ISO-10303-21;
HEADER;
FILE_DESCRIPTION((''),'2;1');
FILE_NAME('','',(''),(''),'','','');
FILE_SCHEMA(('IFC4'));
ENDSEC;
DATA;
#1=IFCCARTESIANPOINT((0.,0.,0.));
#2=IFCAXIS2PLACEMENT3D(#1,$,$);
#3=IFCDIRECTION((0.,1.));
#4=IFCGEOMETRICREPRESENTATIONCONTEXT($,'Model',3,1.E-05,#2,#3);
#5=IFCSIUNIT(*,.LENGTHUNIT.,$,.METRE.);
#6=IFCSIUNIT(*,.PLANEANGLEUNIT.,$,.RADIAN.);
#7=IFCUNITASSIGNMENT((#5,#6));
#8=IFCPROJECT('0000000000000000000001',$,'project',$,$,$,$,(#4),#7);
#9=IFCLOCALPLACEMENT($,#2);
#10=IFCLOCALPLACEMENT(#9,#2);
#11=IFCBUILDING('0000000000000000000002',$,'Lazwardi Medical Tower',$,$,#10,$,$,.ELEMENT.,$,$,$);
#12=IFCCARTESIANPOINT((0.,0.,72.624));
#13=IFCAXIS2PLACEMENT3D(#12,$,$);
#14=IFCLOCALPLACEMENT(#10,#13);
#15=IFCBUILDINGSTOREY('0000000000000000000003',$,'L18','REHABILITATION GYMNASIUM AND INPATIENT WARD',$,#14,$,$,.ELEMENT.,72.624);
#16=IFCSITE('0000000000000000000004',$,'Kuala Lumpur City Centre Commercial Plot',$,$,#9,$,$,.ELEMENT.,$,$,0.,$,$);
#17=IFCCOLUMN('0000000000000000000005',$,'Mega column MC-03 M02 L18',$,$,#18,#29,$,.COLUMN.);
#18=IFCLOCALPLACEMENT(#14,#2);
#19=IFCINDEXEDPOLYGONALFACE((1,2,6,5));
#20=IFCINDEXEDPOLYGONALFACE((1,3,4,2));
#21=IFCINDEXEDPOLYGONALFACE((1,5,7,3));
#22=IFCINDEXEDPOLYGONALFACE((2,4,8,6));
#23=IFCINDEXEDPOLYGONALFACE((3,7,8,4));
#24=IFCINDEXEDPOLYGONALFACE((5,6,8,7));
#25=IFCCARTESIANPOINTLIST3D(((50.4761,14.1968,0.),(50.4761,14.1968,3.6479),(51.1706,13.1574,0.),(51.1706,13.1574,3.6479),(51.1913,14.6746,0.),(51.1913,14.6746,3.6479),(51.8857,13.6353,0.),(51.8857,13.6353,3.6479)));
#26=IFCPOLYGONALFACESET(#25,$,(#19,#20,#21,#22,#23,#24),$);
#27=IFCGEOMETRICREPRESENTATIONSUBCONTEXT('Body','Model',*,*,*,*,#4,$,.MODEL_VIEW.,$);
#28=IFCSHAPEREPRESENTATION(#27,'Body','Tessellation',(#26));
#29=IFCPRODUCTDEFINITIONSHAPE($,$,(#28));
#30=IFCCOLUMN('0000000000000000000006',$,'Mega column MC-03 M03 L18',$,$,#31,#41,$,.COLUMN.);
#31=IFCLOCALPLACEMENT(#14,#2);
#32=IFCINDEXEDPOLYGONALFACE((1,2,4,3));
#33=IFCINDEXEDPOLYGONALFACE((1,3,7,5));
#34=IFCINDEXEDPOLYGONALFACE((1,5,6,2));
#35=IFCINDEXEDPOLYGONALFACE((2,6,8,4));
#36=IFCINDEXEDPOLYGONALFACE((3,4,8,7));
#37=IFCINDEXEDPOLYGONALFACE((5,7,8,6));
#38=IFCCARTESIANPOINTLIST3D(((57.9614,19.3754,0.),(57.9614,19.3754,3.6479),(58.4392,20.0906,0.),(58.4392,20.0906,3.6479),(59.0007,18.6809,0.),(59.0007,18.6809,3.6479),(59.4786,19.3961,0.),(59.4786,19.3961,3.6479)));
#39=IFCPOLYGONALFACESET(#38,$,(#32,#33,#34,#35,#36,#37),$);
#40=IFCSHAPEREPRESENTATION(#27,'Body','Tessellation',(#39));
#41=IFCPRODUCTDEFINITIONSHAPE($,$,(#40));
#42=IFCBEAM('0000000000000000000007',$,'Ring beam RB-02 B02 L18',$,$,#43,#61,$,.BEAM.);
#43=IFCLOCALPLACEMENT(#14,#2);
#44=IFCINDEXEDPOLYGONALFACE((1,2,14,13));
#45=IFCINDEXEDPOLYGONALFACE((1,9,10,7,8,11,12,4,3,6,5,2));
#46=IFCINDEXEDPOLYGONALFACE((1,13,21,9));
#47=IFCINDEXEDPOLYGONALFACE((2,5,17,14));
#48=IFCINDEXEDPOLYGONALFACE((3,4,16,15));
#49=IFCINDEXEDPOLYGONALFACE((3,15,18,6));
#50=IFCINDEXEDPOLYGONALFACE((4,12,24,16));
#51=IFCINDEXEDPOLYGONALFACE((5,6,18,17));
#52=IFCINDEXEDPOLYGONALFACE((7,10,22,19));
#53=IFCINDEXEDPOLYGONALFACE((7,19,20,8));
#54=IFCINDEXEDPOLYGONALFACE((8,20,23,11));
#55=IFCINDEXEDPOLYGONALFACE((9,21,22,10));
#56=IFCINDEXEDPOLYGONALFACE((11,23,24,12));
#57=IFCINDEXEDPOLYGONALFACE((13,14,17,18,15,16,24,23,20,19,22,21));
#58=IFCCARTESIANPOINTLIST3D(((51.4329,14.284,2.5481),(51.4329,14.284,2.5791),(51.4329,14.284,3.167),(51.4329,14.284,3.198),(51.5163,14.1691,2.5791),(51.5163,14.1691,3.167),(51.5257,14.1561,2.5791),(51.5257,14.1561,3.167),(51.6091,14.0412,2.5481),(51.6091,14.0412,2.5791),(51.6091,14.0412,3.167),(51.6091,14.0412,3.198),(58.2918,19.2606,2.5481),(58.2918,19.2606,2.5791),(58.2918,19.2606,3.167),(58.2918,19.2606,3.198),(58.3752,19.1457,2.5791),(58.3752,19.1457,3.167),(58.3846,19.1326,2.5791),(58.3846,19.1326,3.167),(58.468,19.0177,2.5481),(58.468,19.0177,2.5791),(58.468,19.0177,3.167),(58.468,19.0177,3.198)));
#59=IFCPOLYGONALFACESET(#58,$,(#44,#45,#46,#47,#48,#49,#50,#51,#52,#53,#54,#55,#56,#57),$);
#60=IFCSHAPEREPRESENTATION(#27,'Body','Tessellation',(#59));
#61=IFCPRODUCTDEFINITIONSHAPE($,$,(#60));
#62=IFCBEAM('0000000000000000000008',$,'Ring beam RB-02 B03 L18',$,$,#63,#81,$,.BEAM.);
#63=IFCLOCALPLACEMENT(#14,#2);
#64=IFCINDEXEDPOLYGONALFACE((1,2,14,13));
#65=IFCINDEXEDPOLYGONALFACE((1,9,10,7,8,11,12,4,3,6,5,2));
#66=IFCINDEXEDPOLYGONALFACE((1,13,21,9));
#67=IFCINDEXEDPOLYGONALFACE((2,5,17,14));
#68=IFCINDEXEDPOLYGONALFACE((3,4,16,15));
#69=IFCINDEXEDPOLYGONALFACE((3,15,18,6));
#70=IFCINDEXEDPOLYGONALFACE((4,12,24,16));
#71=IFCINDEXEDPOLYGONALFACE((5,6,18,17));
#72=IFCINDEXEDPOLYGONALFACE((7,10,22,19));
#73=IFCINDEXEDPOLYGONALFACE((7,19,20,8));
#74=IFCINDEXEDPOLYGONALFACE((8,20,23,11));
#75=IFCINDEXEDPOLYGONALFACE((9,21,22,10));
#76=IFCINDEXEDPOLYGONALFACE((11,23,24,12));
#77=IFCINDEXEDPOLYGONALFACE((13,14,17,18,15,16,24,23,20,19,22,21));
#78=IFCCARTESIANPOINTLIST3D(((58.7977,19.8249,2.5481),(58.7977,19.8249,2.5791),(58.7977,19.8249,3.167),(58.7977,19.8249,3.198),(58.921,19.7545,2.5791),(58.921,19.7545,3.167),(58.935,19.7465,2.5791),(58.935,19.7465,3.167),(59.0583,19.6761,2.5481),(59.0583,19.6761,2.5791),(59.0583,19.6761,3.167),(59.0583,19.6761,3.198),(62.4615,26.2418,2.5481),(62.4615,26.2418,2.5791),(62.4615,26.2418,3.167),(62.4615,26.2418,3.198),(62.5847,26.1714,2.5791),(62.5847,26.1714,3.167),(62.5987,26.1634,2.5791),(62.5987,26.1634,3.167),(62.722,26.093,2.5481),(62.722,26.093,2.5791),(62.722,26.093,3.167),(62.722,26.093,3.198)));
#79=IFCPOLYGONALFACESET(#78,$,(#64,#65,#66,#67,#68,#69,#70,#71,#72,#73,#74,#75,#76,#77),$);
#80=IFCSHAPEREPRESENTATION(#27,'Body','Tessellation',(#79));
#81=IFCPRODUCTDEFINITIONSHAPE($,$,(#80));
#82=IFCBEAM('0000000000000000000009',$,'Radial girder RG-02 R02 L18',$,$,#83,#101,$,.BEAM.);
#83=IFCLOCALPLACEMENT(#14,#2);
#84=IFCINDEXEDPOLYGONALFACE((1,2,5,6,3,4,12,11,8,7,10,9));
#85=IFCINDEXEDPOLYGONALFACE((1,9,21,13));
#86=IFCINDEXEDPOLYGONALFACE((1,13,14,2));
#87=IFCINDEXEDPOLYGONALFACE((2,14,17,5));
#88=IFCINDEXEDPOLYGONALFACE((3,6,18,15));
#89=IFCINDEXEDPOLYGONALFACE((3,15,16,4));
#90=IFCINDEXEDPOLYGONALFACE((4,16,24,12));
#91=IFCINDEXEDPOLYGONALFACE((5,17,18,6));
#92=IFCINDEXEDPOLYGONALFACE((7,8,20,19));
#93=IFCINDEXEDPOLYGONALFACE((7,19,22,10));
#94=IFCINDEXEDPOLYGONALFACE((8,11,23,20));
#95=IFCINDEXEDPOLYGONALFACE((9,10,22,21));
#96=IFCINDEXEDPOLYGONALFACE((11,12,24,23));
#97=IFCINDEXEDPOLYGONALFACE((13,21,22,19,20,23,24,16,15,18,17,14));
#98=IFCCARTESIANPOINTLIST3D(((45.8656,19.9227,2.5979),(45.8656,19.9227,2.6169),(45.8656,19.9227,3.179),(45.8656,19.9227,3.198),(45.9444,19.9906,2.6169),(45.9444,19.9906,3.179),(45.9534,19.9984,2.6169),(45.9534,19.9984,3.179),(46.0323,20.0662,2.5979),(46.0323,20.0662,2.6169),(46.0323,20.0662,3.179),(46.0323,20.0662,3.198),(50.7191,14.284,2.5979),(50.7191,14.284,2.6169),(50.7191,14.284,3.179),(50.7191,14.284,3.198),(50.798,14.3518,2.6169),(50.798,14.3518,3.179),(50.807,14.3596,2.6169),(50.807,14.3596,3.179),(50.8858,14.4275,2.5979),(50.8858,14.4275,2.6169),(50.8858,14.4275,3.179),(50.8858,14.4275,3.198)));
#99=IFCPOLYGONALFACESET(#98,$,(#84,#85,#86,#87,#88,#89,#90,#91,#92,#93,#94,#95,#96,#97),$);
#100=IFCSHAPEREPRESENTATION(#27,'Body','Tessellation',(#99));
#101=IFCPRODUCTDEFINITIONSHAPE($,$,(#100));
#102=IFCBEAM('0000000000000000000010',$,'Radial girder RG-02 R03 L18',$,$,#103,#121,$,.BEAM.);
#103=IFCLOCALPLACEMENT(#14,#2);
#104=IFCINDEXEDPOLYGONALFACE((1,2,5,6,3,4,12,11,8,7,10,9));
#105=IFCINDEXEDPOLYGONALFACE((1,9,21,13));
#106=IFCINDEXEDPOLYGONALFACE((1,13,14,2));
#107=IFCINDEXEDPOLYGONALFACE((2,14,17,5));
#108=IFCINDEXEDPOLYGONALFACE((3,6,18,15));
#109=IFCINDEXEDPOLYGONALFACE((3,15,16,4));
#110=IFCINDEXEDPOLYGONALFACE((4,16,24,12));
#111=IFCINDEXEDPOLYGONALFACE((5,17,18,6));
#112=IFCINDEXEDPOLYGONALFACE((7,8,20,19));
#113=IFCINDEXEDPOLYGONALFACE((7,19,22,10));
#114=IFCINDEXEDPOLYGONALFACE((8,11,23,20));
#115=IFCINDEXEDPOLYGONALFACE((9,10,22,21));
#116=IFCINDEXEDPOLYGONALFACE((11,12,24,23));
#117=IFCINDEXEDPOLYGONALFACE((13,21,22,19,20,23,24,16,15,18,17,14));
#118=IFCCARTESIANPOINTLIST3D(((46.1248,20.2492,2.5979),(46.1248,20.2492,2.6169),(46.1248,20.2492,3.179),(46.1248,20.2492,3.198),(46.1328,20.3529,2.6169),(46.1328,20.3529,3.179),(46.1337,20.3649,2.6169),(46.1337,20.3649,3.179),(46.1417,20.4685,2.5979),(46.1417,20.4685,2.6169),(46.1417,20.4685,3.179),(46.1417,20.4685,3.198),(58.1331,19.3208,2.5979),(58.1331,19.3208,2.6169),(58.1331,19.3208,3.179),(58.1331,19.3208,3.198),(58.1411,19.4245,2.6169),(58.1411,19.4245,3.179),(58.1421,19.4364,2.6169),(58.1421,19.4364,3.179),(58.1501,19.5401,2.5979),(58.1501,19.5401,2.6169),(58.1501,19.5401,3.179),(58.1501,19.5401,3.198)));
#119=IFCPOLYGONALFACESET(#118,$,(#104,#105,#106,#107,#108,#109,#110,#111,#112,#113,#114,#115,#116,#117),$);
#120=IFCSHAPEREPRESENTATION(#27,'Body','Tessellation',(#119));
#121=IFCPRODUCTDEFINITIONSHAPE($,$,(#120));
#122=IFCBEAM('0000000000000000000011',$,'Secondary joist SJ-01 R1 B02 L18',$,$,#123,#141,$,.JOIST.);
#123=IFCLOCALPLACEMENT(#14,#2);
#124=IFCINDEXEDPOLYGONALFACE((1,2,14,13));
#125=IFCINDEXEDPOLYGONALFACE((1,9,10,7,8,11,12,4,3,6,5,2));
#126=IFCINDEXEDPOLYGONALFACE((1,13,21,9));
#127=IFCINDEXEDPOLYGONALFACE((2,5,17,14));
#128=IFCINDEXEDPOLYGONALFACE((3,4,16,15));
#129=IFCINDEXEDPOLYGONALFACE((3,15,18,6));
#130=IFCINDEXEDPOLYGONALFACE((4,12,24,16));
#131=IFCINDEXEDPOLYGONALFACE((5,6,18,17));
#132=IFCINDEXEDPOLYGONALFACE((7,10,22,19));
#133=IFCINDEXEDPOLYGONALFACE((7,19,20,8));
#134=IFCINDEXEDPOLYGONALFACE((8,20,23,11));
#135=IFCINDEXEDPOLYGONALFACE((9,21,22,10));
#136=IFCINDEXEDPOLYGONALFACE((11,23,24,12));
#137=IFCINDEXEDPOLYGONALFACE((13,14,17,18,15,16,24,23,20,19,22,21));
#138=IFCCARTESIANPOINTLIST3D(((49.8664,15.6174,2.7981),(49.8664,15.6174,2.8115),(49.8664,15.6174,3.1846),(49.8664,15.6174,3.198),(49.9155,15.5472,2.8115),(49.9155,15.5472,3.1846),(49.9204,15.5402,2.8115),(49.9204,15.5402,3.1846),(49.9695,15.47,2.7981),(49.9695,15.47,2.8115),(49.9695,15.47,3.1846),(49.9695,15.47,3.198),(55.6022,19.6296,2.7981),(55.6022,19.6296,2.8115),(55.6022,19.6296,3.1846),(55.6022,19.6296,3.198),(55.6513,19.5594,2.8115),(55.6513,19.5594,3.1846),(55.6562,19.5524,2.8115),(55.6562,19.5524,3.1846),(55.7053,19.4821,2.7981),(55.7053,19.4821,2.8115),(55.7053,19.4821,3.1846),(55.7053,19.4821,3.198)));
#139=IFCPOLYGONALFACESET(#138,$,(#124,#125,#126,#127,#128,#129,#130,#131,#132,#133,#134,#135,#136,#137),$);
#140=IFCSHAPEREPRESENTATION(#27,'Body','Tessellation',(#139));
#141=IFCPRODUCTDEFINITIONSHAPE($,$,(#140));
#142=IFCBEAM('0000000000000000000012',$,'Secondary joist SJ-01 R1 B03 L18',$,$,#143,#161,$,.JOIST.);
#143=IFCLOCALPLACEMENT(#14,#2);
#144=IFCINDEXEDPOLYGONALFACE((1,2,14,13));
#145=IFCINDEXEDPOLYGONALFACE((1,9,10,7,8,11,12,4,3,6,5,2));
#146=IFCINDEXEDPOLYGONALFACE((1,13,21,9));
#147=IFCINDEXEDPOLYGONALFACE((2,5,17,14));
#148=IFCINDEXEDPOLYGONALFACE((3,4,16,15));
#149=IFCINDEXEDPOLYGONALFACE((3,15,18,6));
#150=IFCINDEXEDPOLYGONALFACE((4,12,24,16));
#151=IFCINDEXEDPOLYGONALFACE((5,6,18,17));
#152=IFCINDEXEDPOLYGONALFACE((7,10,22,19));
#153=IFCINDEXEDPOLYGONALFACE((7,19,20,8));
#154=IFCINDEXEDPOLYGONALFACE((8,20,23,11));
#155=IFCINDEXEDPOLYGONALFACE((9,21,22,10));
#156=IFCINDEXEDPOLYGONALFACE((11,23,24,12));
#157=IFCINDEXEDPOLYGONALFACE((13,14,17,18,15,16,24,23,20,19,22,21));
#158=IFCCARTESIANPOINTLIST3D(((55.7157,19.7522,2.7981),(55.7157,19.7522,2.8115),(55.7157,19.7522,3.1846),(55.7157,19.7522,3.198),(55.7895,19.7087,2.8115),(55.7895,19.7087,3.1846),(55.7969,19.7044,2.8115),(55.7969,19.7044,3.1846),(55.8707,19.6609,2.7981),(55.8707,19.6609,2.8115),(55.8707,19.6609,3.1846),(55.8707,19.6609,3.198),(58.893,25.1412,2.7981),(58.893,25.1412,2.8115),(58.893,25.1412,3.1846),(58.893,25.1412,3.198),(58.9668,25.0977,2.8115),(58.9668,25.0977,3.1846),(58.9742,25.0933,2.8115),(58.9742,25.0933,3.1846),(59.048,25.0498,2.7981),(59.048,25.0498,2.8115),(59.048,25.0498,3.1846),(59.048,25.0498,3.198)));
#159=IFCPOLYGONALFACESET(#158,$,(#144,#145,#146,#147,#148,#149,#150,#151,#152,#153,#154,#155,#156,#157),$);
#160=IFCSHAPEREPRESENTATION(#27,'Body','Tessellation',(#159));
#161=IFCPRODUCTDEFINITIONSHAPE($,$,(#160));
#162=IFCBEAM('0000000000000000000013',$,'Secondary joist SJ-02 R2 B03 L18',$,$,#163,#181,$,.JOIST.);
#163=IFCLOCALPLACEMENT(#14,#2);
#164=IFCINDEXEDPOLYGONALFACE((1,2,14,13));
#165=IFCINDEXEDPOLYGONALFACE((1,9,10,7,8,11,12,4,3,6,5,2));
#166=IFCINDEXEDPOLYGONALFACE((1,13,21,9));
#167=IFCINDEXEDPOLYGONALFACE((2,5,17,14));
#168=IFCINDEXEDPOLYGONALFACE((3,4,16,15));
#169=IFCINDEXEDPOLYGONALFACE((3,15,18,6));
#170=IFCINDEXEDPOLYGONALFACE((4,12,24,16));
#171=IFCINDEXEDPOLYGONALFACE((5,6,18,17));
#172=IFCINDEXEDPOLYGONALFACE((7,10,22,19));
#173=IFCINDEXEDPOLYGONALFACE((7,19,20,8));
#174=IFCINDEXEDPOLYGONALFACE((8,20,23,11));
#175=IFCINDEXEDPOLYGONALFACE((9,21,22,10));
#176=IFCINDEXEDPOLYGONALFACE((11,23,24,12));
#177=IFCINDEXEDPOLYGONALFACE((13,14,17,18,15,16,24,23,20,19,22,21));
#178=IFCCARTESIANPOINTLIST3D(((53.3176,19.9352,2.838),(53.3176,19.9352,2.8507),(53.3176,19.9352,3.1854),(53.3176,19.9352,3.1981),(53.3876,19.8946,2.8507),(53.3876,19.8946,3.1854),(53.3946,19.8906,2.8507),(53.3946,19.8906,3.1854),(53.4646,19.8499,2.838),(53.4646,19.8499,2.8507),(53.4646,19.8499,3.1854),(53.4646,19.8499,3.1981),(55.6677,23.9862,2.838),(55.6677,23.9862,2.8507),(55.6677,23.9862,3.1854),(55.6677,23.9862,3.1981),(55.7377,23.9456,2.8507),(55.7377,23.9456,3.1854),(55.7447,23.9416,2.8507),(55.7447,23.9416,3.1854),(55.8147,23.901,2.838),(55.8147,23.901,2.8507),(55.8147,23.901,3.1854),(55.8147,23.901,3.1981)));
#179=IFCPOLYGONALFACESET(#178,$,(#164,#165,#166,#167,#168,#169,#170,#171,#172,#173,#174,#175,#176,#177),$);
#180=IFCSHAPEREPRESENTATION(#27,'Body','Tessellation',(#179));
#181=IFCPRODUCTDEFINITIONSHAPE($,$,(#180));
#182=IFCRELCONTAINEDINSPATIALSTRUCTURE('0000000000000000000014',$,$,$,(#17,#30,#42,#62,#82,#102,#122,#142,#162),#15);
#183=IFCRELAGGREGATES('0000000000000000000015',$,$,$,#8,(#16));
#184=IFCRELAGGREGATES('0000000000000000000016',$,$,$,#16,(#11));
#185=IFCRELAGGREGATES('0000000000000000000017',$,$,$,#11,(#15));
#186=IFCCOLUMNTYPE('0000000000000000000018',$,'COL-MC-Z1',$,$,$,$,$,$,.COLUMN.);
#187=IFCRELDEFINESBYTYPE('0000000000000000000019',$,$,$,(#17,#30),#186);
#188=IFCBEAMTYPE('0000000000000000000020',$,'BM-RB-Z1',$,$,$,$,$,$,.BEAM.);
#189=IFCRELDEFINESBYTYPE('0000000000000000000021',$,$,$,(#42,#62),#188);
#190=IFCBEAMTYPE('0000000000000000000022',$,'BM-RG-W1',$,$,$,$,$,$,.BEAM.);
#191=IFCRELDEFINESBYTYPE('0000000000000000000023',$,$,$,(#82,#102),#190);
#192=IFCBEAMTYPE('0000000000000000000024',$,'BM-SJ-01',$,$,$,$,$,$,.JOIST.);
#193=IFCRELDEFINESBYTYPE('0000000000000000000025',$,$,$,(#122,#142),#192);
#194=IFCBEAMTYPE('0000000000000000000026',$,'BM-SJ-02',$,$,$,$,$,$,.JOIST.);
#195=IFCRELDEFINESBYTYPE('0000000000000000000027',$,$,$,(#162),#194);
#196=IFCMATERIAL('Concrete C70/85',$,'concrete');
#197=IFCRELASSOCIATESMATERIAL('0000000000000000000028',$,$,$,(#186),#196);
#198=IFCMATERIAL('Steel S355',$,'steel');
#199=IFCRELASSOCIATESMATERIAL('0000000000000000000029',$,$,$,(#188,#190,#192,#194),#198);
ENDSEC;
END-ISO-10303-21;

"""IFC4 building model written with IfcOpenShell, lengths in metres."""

from ifc_helpers import new_model, si_unit, direction, frame, origin, origin_2d, place, context, subcontext, project, spatial, rectangle, i_section, extrude, material, material_profile, profile_set, type_object, element, save


model = new_model("IFC4")

# Units and contexts
model_context = context("Model", 3, precision=1e-05, world=origin(), true_north=direction((0.0, 1.0)))
body_context = subcontext(model_context, "Body", "Model", "MODEL_VIEW")
ifc_project = project(units=[si_unit("LENGTHUNIT", "METRE"), si_unit("PLANEANGLEUNIT", "RADIAN")], contexts=[model_context])

# Site, building, storey
site_placement = place(None, origin())
site = spatial("IfcSite", under=ifc_project, at=site_placement, Name="Kuala Lumpur City Centre Commercial Plot", CompositionType="ELEMENT", RefElevation=0.0)
building_placement = place(site_placement, origin())
building = spatial("IfcBuilding", under=site, at=building_placement, Name="Lazwardi Medical Tower", CompositionType="ELEMENT")
storey_placement = place(building_placement, frame((0.0, 0.0, 72.624)))
storey = spatial("IfcBuildingStorey", under=building, at=storey_placement, Name="L18", Description="REHABILITATION GYMNASIUM AND INPATIENT WARD", CompositionType="ELEMENT", Elevation=72.624)

# Columns
ifc_material_1 = material(Name="Concrete C70/85", Category="concrete")
ifc_material_profile_1 = material_profile(ifc_material_1, rectangle(XDim=1.25, YDim=0.8601, at=origin_2d()), Name="CFT-RECT 1250x860")
ifc_profile_set_1 = profile_set([ifc_material_profile_1], Name="Concrete C70/85")
column_type = type_object("IfcColumnType", Name="COL-MC-Z1", PredefinedType="COLUMN", material=ifc_profile_set_1)
for number, where, z_axis, x_axis, name in (
    (1, (51.1809, 13.916, 0.0), (0.0, 0.0, 1.0), (0.55557, -0.83147, 0.0), "Mega column MC-03 M02 L18"),
    (2, (58.72, 19.3857, 0.0), (0.0, 0.0, 1.0), (0.83147, -0.55557, 0.0), "Mega column MC-03 M03 L18"),
):
    element("IfcColumn", number, at=place(storey_placement, frame(where, z_axis=z_axis, x_axis=x_axis)), inside=storey, type_object=column_type, Name=name, PredefinedType="COLUMN", context=body_context, shape_type="SweptSolid", body=[
        extrude(rectangle(XDim=1.25, YDim=0.8601, at=origin_2d()), origin(), (0.0, 0.0, 1.0), 3.6479),
    ])

# Beams
ifc_material_2 = material(Name="Steel S355", Category="steel")
ifc_material_profile_2 = material_profile(ifc_material_2, i_section(OverallWidth=0.3, OverallDepth=0.6499, WebThickness=0.0161, FlangeThickness=0.031, at=origin_2d()), Name="HEB 650")
ifc_profile_set_2 = profile_set([ifc_material_profile_2], Name="Steel S355")
beam_type_1 = type_object("IfcBeamType", Name="BM-RB-Z1", PredefinedType="BEAM", material=ifc_profile_set_2)
beam_1_placement = place(storey_placement, frame((51.521, 14.1626, 2.873), z_axis=(0.809393, 0.587267, 0.0), x_axis=(-0.587267, 0.809393, 0.0)))
element("IfcBeam", 3, at=beam_1_placement, inside=storey, type_object=beam_type_1, Name="Ring beam RB-02 B02 L18", PredefinedType="BEAM", context=body_context, shape_type="SweptSolid", body=[
    extrude(i_section(OverallWidth=0.3, OverallDepth=0.6499, WebThickness=0.0161, FlangeThickness=0.031, at=origin_2d()), origin(), (0.0, 0.0, 1.0), 8.4741),
])
beam_2_placement = place(storey_placement, frame((58.928, 19.7505, 2.873), z_axis=(0.495829, 0.86842, 0.0), x_axis=(-0.86842, 0.495829, 0.0)))
element("IfcBeam", 4, at=beam_2_placement, inside=storey, type_object=beam_type_1, Name="Ring beam RB-02 B03 L18", PredefinedType="BEAM", context=body_context, shape_type="SweptSolid", body=[
    extrude(i_section(OverallWidth=0.3, OverallDepth=0.6499, WebThickness=0.0161, FlangeThickness=0.031, at=origin_2d()), origin(), (0.0, 0.0, 1.0), 7.3892),
])
ifc_material_profile_3 = material_profile(ifc_material_2, i_section(OverallWidth=0.22, OverallDepth=0.6001, WebThickness=0.012, FlangeThickness=0.019, at=origin_2d()), Name="IPE 600")
ifc_profile_set_3 = profile_set([ifc_material_profile_3], Name="Steel S355")
beam_type_2 = type_object("IfcBeamType", Name="BM-RG-W1", PredefinedType="BEAM", material=ifc_profile_set_3)
beam_3_placement = place(storey_placement, frame((50.8025, 14.3557, 2.8979), z_axis=(-0.652368, 0.757902, 0.0), x_axis=(-0.757902, -0.652368, 0.0)))
element("IfcBeam", 5, at=beam_3_placement, inside=storey, type_object=beam_type_2, Name="Radial girder RG-02 R02 L18", PredefinedType="BEAM", context=body_context, shape_type="SweptSolid", body=[
    extrude(i_section(OverallWidth=0.22, OverallDepth=0.6001, WebThickness=0.012, FlangeThickness=0.019, at=origin_2d()), origin(), (0.0, 0.0, 1.0), 7.4399),
])
beam_4_placement = place(storey_placement, frame((58.1416, 19.4304, 2.8979), z_axis=(-0.997024, 0.077089, 0.0), x_axis=(-0.077089, -0.997024, 0.0)))
element("IfcBeam", 6, at=beam_4_placement, inside=storey, type_object=beam_type_2, Name="Radial girder RG-02 R03 L18", PredefinedType="BEAM", context=body_context, shape_type="SweptSolid", body=[
    extrude(i_section(OverallWidth=0.22, OverallDepth=0.6001, WebThickness=0.012, FlangeThickness=0.019, at=origin_2d()), origin(), (0.0, 0.0, 1.0), 12.0442),
])
ifc_material_profile_4 = material_profile(ifc_material_2, i_section(OverallWidth=0.1799, OverallDepth=0.3999, WebThickness=0.0085, FlangeThickness=0.0134, at=origin_2d()), Name="IPE 400")
ifc_profile_set_4 = profile_set([ifc_material_profile_4], Name="Steel S355")
beam_type_3 = type_object("IfcBeamType", Name="BM-SJ-01", PredefinedType="JOIST", material=ifc_profile_set_4)
beam_5_placement = place(storey_placement, frame((49.918, 15.5437, 2.998), z_axis=(0.819425, 0.573186, 0.0), x_axis=(-0.573186, 0.819425, 0.0)))
element("IfcBeam", 7, at=beam_5_placement, inside=storey, type_object=beam_type_3, Name="Secondary joist SJ-01 R1 B02 L18", PredefinedType="JOIST", context=body_context, shape_type="SweptSolid", body=[
    extrude(i_section(OverallWidth=0.1799, OverallDepth=0.3999, WebThickness=0.0085, FlangeThickness=0.0134, at=origin_2d()), origin(), (0.0, 0.0, 1.0), 6.9998),
])
beam_6_placement = place(storey_placement, frame((55.7932, 19.7065, 2.998), z_axis=(0.507886, 0.861424, 0.0), x_axis=(-0.861424, 0.507886, 0.0)))
element("IfcBeam", 8, at=beam_6_placement, inside=storey, type_object=beam_type_3, Name="Secondary joist SJ-01 R1 B03 L18", PredefinedType="JOIST", context=body_context, shape_type="SweptSolid", body=[
    extrude(i_section(OverallWidth=0.1799, OverallDepth=0.3999, WebThickness=0.0085, FlangeThickness=0.0134, at=origin_2d()), origin(), (0.0, 0.0, 1.0), 6.2559),
])
ifc_material_profile_5 = material_profile(ifc_material_2, i_section(OverallWidth=0.1699, OverallDepth=0.3601, WebThickness=0.0081, FlangeThickness=0.0127, at=origin_2d()), Name="IPE 360")
ifc_profile_set_5 = profile_set([ifc_material_profile_5], Name="Steel S355")
beam_type_4 = type_object("IfcBeamType", Name="BM-SJ-02", PredefinedType="JOIST", material=ifc_profile_set_5)
beam_7_placement = place(storey_placement, frame((53.3911, 19.8926, 3.0181), z_axis=(0.501798, 0.864985, 0.0), x_axis=(-0.864985, 0.501798, 0.0)))
element("IfcBeam", 9, at=beam_7_placement, inside=storey, type_object=beam_type_4, Name="Secondary joist SJ-02 R2 B03 L18", PredefinedType="JOIST", context=body_context, shape_type="SweptSolid", body=[
    extrude(i_section(OverallWidth=0.1699, OverallDepth=0.3601, WebThickness=0.0081, FlangeThickness=0.0127, at=origin_2d()), origin(), (0.0, 0.0, 1.0), 4.6833),
])

save(model, "model.ifc")
